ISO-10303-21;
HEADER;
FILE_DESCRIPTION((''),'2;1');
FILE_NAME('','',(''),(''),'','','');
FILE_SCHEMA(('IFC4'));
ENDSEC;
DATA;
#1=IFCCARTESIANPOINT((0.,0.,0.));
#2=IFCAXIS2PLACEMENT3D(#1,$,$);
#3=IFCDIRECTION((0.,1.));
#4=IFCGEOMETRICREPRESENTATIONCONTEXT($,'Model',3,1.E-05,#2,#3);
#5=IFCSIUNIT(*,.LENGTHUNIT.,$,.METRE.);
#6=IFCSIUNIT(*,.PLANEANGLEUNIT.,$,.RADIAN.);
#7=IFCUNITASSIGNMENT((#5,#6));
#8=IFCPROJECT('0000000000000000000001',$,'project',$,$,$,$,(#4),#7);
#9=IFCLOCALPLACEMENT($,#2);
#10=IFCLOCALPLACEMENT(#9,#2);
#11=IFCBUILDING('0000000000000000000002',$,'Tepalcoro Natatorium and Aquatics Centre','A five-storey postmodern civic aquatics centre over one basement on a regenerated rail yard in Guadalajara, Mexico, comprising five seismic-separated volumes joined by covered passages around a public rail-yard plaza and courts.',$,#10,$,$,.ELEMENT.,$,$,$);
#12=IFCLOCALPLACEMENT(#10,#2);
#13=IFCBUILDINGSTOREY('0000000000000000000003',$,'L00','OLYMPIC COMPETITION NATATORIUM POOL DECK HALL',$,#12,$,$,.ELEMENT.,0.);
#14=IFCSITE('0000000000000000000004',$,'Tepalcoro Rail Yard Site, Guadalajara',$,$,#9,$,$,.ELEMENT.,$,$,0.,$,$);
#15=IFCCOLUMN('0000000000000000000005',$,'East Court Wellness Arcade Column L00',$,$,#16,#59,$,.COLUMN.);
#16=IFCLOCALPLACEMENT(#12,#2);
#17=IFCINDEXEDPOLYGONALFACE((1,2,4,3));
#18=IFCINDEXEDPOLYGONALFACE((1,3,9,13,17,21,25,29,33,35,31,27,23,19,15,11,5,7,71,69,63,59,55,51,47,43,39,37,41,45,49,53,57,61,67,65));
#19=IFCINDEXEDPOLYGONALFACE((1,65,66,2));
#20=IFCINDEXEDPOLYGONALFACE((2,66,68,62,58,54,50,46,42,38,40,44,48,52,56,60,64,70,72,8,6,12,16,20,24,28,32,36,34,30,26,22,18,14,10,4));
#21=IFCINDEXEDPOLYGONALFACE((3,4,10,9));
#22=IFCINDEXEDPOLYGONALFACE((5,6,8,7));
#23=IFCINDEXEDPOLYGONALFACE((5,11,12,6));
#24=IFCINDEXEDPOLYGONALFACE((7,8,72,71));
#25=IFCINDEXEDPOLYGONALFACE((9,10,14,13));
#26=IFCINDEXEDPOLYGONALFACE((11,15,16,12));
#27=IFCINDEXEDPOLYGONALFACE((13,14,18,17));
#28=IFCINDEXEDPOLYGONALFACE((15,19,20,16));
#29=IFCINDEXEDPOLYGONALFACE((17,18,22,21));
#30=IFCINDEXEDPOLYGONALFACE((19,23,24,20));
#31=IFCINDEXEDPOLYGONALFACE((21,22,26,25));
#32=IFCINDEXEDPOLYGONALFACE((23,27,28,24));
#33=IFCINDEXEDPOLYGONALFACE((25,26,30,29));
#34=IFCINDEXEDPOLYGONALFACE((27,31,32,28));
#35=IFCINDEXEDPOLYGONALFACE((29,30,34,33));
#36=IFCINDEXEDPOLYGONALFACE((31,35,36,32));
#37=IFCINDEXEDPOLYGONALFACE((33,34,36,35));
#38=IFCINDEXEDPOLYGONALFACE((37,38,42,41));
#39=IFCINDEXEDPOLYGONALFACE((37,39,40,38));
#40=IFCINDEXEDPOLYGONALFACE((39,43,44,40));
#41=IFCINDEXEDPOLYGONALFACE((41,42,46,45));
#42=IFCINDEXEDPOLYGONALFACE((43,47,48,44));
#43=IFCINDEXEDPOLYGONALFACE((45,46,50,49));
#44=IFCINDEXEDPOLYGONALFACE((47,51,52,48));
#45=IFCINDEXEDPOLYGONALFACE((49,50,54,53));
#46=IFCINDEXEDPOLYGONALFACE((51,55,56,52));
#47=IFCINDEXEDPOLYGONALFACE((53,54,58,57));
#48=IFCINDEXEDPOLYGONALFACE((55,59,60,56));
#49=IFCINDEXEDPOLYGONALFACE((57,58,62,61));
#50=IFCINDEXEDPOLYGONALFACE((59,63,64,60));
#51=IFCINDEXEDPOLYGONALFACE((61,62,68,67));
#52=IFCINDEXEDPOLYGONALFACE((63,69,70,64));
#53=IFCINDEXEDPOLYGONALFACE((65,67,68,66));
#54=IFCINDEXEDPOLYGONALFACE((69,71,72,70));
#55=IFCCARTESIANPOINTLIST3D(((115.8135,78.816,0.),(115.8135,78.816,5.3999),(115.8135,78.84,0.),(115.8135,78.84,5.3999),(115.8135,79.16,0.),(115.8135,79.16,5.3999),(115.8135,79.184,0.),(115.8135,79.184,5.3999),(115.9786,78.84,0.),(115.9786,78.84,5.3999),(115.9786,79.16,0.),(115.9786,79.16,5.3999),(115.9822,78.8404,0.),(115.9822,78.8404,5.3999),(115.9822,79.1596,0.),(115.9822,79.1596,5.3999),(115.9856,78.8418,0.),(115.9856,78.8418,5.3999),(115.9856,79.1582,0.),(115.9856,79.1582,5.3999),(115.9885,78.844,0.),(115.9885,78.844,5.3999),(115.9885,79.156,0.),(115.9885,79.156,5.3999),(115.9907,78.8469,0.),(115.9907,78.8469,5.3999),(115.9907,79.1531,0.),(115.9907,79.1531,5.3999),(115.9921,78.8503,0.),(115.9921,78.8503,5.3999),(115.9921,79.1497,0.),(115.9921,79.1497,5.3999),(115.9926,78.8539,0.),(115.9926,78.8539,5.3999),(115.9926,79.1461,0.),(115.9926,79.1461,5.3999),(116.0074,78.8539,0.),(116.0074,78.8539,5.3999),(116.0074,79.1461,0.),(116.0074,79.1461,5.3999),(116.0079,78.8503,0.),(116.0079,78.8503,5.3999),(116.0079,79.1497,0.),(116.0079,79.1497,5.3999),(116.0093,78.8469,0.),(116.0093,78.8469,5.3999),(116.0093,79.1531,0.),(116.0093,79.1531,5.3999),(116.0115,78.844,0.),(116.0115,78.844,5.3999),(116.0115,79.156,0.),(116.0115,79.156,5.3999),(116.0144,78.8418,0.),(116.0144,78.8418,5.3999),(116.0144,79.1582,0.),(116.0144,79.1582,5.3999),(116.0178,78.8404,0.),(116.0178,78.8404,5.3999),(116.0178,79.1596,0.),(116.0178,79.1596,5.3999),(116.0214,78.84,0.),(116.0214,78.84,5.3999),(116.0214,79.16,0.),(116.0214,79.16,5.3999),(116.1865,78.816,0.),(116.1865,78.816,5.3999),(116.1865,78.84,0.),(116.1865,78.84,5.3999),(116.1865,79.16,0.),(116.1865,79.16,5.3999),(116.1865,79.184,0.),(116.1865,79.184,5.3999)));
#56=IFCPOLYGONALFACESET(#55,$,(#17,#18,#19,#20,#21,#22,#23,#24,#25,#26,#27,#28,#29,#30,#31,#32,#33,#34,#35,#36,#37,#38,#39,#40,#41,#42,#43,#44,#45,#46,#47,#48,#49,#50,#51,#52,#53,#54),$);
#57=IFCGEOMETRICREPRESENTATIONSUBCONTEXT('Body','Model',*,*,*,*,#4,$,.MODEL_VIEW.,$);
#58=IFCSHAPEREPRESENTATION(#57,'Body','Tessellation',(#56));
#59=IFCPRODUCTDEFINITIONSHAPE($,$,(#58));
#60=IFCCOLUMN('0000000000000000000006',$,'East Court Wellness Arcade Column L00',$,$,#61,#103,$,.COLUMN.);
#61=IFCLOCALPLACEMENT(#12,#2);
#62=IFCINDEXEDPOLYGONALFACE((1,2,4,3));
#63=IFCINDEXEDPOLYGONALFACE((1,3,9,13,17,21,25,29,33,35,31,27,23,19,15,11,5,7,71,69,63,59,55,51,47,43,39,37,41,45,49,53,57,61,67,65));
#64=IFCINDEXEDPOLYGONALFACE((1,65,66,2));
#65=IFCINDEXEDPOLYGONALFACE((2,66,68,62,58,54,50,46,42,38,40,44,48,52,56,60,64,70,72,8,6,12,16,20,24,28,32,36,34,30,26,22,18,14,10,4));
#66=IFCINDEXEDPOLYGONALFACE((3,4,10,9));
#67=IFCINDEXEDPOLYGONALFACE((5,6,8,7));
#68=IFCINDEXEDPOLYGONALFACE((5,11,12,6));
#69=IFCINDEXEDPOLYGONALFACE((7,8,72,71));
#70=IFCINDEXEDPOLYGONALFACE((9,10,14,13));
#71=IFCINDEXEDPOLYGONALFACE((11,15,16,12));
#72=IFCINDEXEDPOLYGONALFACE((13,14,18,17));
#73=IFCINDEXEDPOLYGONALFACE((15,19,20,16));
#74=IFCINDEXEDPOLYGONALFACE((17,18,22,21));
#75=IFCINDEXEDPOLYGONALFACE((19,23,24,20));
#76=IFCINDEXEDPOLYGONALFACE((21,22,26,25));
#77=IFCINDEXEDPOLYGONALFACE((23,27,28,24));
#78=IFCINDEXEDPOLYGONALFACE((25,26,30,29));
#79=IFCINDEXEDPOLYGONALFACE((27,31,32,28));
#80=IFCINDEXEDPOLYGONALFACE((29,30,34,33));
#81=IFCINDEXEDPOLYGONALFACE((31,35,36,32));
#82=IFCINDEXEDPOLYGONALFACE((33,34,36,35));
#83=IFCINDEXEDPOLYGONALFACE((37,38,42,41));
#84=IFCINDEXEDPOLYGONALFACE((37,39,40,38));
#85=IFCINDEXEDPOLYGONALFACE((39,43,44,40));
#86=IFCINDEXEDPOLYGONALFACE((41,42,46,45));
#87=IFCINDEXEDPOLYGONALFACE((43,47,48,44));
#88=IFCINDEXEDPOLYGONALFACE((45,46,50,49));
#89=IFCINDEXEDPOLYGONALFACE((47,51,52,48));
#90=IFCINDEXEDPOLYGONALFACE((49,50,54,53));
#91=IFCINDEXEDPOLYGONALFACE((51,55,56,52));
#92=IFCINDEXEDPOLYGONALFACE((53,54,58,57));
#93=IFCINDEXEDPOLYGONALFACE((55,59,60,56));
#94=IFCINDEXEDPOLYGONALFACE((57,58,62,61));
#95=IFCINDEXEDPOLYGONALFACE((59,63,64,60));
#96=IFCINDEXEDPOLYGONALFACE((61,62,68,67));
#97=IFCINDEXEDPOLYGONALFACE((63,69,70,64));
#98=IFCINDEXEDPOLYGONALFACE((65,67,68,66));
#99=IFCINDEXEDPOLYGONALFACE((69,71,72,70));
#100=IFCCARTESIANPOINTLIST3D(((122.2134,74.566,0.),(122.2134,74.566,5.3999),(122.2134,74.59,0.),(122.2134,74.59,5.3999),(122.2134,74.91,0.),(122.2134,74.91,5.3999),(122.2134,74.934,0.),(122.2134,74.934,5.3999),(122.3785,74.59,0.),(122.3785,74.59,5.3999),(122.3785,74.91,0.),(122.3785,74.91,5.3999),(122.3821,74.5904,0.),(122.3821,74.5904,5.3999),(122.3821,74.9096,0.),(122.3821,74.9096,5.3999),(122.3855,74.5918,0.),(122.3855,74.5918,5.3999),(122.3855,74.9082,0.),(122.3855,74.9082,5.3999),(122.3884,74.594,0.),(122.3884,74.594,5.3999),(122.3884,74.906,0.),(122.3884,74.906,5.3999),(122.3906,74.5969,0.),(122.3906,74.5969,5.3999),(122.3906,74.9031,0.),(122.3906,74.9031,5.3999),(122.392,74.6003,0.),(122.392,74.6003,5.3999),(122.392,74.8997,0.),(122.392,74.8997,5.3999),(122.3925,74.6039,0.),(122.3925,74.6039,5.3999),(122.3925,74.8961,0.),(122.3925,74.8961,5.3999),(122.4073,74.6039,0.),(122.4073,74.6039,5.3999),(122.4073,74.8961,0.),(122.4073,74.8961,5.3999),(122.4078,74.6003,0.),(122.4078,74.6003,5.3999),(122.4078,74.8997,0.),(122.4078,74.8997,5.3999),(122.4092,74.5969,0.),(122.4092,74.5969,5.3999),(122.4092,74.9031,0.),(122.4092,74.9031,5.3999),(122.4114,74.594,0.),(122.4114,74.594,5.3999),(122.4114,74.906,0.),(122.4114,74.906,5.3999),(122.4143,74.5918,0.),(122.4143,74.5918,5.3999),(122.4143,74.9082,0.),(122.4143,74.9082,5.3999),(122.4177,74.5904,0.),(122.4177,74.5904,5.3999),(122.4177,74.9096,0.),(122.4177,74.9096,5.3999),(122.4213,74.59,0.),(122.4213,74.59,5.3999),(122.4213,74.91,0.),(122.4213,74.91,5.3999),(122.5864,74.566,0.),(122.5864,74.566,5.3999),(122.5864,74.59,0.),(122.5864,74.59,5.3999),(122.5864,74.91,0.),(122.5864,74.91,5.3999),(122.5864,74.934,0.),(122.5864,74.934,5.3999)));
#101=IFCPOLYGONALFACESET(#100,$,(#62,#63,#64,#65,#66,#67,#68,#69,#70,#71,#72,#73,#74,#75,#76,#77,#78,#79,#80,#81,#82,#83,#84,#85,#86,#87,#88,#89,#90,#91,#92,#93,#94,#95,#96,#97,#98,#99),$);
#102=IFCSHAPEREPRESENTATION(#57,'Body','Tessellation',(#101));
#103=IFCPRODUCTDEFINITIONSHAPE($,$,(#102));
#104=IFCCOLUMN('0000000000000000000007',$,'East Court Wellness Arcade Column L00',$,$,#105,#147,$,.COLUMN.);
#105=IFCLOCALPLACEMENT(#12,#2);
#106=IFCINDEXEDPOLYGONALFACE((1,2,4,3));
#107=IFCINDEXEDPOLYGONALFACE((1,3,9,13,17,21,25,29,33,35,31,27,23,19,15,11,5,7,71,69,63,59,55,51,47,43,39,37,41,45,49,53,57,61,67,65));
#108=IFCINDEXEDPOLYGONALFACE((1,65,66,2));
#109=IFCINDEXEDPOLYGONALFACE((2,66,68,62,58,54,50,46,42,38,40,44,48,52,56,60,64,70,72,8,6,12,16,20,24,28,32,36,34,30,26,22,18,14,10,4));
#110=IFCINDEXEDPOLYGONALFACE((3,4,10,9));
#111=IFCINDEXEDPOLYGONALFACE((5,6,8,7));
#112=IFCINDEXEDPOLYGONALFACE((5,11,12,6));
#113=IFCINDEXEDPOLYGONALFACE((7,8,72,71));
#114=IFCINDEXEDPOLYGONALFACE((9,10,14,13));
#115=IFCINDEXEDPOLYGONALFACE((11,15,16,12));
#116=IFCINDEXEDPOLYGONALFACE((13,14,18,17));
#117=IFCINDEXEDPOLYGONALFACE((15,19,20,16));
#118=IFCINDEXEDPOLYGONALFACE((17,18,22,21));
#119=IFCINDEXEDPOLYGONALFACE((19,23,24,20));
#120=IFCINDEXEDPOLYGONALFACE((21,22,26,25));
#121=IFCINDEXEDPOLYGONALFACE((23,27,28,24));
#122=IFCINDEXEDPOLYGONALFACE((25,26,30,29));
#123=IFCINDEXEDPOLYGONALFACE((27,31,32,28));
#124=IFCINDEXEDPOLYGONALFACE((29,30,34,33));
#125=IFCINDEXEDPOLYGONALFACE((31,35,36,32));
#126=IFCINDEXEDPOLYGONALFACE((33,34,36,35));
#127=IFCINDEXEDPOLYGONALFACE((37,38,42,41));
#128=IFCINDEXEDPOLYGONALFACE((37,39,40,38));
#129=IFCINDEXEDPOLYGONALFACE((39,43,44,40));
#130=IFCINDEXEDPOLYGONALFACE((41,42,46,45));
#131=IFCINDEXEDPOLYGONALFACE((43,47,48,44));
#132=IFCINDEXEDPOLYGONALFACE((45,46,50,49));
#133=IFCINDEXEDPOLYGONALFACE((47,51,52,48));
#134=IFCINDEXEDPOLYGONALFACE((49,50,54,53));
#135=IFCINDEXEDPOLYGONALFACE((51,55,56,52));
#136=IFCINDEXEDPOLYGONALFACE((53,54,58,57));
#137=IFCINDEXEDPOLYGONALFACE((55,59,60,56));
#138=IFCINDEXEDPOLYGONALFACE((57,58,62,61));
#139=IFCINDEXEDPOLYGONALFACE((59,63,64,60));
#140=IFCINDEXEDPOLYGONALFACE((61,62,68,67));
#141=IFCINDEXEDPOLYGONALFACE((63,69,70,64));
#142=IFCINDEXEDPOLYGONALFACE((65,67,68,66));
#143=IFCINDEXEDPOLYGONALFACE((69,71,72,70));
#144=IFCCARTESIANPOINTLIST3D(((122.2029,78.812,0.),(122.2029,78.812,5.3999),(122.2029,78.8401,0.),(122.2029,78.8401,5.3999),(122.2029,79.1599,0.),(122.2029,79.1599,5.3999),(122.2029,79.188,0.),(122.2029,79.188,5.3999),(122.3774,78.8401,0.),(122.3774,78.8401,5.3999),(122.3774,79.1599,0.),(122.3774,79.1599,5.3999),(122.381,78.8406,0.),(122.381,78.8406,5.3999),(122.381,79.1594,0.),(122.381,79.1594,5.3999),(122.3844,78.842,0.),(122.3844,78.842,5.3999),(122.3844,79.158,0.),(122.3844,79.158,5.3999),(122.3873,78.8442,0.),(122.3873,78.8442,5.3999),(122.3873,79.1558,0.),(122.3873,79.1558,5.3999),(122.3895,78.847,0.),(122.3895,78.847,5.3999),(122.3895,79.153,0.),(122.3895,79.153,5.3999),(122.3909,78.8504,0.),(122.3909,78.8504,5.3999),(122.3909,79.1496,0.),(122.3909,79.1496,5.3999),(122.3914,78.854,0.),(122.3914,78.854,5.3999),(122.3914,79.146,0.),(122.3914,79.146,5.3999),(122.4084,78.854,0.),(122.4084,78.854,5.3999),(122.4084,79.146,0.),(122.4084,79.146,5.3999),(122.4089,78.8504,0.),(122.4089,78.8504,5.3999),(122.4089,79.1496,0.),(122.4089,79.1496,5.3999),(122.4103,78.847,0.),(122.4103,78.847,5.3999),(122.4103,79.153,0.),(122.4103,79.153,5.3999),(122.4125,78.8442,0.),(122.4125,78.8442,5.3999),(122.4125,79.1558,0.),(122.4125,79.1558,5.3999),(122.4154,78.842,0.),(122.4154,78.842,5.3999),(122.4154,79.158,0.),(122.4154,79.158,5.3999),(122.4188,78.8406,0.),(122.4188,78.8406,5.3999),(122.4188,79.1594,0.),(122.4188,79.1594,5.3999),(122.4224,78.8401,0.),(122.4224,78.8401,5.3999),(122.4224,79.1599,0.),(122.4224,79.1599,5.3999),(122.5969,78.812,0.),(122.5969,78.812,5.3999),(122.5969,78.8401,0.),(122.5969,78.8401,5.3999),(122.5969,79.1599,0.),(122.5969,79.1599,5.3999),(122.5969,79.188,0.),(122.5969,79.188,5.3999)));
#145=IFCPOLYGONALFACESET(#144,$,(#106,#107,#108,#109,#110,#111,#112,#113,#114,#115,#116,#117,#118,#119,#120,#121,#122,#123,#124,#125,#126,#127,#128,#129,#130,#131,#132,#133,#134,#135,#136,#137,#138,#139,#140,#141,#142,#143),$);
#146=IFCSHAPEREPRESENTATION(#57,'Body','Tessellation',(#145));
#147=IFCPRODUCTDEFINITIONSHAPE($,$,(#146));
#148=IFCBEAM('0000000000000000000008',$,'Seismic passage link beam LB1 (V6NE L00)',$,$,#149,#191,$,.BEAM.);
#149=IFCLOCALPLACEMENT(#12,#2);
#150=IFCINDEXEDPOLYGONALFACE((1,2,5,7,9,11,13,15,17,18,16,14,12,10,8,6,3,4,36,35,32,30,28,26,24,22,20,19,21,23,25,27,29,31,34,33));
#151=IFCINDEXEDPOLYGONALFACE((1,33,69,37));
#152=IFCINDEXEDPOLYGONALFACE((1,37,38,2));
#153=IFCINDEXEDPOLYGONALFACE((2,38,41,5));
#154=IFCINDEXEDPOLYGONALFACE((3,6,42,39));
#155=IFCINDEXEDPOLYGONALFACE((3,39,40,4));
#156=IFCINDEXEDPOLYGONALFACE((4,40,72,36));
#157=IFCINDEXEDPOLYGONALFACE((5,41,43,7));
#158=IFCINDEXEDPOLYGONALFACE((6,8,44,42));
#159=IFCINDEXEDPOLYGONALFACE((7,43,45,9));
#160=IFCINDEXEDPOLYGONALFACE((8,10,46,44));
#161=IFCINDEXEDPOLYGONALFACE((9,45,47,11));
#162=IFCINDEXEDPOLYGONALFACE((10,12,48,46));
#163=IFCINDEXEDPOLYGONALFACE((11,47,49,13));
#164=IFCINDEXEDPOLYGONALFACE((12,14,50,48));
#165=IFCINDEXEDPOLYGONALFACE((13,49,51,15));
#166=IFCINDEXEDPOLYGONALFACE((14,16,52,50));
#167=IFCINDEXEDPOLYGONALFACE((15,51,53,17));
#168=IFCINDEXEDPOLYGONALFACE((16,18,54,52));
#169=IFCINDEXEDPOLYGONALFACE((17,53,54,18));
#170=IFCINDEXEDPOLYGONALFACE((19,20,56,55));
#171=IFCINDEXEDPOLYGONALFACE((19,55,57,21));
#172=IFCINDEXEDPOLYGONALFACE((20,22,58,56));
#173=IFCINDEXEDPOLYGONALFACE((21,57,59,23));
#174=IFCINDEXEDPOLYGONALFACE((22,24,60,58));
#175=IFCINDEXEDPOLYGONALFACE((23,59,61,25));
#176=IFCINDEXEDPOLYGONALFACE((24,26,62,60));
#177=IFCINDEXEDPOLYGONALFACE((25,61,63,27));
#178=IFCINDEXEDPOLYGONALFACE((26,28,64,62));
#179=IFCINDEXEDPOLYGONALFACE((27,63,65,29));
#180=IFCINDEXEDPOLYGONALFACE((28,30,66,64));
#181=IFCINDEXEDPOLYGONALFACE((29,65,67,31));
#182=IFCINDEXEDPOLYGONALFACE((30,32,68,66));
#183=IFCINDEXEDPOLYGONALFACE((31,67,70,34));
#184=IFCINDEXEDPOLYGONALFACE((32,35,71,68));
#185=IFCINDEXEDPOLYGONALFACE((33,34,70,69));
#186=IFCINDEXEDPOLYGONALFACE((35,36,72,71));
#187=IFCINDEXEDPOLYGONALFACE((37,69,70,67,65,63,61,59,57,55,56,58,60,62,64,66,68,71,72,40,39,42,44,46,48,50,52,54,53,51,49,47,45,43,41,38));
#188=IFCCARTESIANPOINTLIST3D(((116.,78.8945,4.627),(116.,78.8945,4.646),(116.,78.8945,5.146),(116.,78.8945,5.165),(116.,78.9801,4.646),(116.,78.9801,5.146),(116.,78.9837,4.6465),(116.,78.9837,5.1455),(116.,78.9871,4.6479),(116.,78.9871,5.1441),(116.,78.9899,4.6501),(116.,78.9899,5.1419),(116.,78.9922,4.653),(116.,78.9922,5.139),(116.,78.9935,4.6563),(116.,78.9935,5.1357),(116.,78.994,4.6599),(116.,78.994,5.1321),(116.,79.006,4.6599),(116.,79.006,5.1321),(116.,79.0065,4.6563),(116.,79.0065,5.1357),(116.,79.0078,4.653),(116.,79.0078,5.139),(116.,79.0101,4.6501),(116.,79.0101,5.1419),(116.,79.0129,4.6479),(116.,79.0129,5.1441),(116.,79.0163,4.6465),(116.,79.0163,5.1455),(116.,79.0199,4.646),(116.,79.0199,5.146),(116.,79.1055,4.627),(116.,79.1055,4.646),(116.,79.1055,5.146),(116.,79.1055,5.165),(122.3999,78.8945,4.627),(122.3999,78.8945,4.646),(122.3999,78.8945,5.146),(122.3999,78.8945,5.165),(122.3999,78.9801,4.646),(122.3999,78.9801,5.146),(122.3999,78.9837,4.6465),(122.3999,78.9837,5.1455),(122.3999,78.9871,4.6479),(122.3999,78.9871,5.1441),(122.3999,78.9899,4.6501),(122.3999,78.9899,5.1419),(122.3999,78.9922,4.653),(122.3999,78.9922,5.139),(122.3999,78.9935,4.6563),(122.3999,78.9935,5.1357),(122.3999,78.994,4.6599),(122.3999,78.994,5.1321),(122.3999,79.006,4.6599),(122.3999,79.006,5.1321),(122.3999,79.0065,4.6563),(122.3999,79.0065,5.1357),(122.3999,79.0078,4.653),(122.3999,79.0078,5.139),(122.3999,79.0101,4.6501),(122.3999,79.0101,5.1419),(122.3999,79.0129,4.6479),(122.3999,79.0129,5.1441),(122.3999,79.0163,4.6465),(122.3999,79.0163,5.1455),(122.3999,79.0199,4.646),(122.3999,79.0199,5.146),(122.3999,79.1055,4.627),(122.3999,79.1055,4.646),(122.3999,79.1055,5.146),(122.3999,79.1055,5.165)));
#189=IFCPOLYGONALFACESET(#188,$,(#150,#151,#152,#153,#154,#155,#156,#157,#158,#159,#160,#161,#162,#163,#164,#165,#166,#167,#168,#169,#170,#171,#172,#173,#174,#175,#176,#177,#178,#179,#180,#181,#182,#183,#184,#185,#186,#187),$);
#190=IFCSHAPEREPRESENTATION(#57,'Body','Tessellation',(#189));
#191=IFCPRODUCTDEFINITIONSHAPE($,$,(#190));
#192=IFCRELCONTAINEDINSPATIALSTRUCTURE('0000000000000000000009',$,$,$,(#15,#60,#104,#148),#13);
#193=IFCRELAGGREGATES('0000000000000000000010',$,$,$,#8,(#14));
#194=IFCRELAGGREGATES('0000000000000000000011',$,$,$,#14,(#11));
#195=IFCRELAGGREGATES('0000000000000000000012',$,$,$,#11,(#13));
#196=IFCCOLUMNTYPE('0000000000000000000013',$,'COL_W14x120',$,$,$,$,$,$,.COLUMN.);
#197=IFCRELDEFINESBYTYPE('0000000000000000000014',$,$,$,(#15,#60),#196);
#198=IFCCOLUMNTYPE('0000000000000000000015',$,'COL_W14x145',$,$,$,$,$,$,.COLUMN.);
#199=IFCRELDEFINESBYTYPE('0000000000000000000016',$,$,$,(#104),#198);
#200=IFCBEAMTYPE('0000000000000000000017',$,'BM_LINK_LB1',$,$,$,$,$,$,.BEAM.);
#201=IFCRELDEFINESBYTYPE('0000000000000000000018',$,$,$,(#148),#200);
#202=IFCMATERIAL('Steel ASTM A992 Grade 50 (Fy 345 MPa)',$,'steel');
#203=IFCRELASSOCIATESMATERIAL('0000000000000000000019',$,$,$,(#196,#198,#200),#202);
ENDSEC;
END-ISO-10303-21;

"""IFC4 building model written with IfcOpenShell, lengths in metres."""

from ifc_helpers import new_model, si_unit, direction, frame, origin, origin_2d, place, context, subcontext, project, spatial, i_section, extrude, material, material_profile, profile_set, type_object, element, save


model = new_model("IFC4")

# Units and contexts
model_context = context("Model", 3, precision=1e-05, world=origin(), true_north=direction((0.0, 1.0)))
body_context = subcontext(model_context, "Body", "Model", "MODEL_VIEW")
ifc_project = project(units=[si_unit("LENGTHUNIT", "METRE"), si_unit("PLANEANGLEUNIT", "RADIAN")], contexts=[model_context])

# Site, building, storey
site_placement = place(None, origin())
site = spatial("IfcSite", under=ifc_project, at=site_placement, Name="Tepalcoro Rail Yard Site, Guadalajara", CompositionType="ELEMENT", RefElevation=0.0)
building_placement = place(site_placement, origin())
building = spatial("IfcBuilding", under=site, at=building_placement, Name="Tepalcoro Natatorium and Aquatics Centre", Description="A five-storey postmodern civic aquatics centre over one basement on a regenerated rail yard in Guadalajara, Mexico, comprising five seismic-separated volumes joined by covered passages around a public rail-yard plaza and courts.", CompositionType="ELEMENT")
storey_placement = place(building_placement, origin())
storey = spatial("IfcBuildingStorey", under=building, at=storey_placement, Name="L00", Description="OLYMPIC COMPETITION NATATORIUM POOL DECK HALL", CompositionType="ELEMENT", Elevation=0.0)

# Columns
ifc_material_1 = material(Name="Steel ASTM A992 Grade 50 (Fy 345 MPa)", Category="steel")
ifc_material_profile_1 = material_profile(ifc_material_1, i_section(OverallWidth=0.373, OverallDepth=0.3679, WebThickness=0.0149, FlangeThickness=0.0239, FilletRadius=0.0139, at=origin_2d()), Name="W14X120")
ifc_profile_set_1 = profile_set([ifc_material_profile_1], Name="Steel ASTM A992 Grade 50 (Fy 345 MPa)")
column_type_1 = type_object("IfcColumnType", Name="COL_W14x120", PredefinedType="COLUMN", material=ifc_profile_set_1)
for number, where, z_axis, x_axis, name in (
    (1, (116.0, 79.0, 0.0), (0.0, 0.0, 1.0), (1.0, 0.0, 0.0), "East Court Wellness Arcade Column L00"),
    (2, (122.3999, 74.75, 0.0), (0.0, 0.0, 1.0), (1.0, 0.0, 0.0), "East Court Wellness Arcade Column L00"),
):
    element("IfcColumn", number, at=place(storey_placement, frame(where, z_axis=z_axis, x_axis=x_axis)), inside=storey, type_object=column_type_1, Name=name, PredefinedType="COLUMN", context=body_context, shape_type="SweptSolid", body=[
        extrude(i_section(OverallWidth=0.373, OverallDepth=0.3679, WebThickness=0.0149, FlangeThickness=0.0239, FilletRadius=0.0139, at=origin_2d()), origin(), (0.0, 0.0, 1.0), 5.3999),
    ])
ifc_material_profile_2 = material_profile(ifc_material_1, i_section(OverallWidth=0.394, OverallDepth=0.376, WebThickness=0.0171, FlangeThickness=0.0281, FilletRadius=0.0139, at=origin_2d()), Name="W14X145")
ifc_profile_set_2 = profile_set([ifc_material_profile_2], Name="Steel ASTM A992 Grade 50 (Fy 345 MPa)")
column_type_2 = type_object("IfcColumnType", Name="COL_W14x145", PredefinedType="COLUMN", material=ifc_profile_set_2)
column_placement = place(storey_placement, frame((122.3999, 79.0, 0.0), z_axis=(0.0, 0.0, 1.0), x_axis=(1.0, 0.0, 0.0)))
element("IfcColumn", 3, at=column_placement, inside=storey, type_object=column_type_2, Name="East Court Wellness Arcade Column L00", PredefinedType="COLUMN", context=body_context, shape_type="SweptSolid", body=[
    extrude(i_section(OverallWidth=0.394, OverallDepth=0.376, WebThickness=0.0171, FlangeThickness=0.0281, FilletRadius=0.0139, at=origin_2d()), origin(), (0.0, 0.0, 1.0), 5.3999),
])

# Beam
ifc_material_profile_3 = material_profile(ifc_material_1, i_section(OverallWidth=0.2109, OverallDepth=0.5381, WebThickness=0.012, FlangeThickness=0.019, FilletRadius=0.0139, at=origin_2d()), Name="W21X73")
ifc_profile_set_3 = profile_set([ifc_material_profile_3], Name="Steel ASTM A992 Grade 50 (Fy 345 MPa)")
beam_type_1 = type_object("IfcBeamType", Name="BM_LINK_LB1", PredefinedType="BEAM", material=ifc_profile_set_3)
beam_1_placement = place(storey_placement, frame((116.0, 79.0, 4.896), z_axis=(1.0, 0.0, 0.0), x_axis=(0.0, 1.0, 0.0)))
element("IfcBeam", 4, at=beam_1_placement, inside=storey, type_object=beam_type_1, Name="Seismic passage link beam LB1 (V6NE L00)", PredefinedType="BEAM", context=body_context, shape_type="SweptSolid", body=[
    extrude(i_section(OverallWidth=0.2109, OverallDepth=0.5381, WebThickness=0.012, FlangeThickness=0.019, FilletRadius=0.0139, at=origin_2d()), origin(), (0.0, 0.0, 1.0), 6.3999),
])

save(model, "model.ifc")
